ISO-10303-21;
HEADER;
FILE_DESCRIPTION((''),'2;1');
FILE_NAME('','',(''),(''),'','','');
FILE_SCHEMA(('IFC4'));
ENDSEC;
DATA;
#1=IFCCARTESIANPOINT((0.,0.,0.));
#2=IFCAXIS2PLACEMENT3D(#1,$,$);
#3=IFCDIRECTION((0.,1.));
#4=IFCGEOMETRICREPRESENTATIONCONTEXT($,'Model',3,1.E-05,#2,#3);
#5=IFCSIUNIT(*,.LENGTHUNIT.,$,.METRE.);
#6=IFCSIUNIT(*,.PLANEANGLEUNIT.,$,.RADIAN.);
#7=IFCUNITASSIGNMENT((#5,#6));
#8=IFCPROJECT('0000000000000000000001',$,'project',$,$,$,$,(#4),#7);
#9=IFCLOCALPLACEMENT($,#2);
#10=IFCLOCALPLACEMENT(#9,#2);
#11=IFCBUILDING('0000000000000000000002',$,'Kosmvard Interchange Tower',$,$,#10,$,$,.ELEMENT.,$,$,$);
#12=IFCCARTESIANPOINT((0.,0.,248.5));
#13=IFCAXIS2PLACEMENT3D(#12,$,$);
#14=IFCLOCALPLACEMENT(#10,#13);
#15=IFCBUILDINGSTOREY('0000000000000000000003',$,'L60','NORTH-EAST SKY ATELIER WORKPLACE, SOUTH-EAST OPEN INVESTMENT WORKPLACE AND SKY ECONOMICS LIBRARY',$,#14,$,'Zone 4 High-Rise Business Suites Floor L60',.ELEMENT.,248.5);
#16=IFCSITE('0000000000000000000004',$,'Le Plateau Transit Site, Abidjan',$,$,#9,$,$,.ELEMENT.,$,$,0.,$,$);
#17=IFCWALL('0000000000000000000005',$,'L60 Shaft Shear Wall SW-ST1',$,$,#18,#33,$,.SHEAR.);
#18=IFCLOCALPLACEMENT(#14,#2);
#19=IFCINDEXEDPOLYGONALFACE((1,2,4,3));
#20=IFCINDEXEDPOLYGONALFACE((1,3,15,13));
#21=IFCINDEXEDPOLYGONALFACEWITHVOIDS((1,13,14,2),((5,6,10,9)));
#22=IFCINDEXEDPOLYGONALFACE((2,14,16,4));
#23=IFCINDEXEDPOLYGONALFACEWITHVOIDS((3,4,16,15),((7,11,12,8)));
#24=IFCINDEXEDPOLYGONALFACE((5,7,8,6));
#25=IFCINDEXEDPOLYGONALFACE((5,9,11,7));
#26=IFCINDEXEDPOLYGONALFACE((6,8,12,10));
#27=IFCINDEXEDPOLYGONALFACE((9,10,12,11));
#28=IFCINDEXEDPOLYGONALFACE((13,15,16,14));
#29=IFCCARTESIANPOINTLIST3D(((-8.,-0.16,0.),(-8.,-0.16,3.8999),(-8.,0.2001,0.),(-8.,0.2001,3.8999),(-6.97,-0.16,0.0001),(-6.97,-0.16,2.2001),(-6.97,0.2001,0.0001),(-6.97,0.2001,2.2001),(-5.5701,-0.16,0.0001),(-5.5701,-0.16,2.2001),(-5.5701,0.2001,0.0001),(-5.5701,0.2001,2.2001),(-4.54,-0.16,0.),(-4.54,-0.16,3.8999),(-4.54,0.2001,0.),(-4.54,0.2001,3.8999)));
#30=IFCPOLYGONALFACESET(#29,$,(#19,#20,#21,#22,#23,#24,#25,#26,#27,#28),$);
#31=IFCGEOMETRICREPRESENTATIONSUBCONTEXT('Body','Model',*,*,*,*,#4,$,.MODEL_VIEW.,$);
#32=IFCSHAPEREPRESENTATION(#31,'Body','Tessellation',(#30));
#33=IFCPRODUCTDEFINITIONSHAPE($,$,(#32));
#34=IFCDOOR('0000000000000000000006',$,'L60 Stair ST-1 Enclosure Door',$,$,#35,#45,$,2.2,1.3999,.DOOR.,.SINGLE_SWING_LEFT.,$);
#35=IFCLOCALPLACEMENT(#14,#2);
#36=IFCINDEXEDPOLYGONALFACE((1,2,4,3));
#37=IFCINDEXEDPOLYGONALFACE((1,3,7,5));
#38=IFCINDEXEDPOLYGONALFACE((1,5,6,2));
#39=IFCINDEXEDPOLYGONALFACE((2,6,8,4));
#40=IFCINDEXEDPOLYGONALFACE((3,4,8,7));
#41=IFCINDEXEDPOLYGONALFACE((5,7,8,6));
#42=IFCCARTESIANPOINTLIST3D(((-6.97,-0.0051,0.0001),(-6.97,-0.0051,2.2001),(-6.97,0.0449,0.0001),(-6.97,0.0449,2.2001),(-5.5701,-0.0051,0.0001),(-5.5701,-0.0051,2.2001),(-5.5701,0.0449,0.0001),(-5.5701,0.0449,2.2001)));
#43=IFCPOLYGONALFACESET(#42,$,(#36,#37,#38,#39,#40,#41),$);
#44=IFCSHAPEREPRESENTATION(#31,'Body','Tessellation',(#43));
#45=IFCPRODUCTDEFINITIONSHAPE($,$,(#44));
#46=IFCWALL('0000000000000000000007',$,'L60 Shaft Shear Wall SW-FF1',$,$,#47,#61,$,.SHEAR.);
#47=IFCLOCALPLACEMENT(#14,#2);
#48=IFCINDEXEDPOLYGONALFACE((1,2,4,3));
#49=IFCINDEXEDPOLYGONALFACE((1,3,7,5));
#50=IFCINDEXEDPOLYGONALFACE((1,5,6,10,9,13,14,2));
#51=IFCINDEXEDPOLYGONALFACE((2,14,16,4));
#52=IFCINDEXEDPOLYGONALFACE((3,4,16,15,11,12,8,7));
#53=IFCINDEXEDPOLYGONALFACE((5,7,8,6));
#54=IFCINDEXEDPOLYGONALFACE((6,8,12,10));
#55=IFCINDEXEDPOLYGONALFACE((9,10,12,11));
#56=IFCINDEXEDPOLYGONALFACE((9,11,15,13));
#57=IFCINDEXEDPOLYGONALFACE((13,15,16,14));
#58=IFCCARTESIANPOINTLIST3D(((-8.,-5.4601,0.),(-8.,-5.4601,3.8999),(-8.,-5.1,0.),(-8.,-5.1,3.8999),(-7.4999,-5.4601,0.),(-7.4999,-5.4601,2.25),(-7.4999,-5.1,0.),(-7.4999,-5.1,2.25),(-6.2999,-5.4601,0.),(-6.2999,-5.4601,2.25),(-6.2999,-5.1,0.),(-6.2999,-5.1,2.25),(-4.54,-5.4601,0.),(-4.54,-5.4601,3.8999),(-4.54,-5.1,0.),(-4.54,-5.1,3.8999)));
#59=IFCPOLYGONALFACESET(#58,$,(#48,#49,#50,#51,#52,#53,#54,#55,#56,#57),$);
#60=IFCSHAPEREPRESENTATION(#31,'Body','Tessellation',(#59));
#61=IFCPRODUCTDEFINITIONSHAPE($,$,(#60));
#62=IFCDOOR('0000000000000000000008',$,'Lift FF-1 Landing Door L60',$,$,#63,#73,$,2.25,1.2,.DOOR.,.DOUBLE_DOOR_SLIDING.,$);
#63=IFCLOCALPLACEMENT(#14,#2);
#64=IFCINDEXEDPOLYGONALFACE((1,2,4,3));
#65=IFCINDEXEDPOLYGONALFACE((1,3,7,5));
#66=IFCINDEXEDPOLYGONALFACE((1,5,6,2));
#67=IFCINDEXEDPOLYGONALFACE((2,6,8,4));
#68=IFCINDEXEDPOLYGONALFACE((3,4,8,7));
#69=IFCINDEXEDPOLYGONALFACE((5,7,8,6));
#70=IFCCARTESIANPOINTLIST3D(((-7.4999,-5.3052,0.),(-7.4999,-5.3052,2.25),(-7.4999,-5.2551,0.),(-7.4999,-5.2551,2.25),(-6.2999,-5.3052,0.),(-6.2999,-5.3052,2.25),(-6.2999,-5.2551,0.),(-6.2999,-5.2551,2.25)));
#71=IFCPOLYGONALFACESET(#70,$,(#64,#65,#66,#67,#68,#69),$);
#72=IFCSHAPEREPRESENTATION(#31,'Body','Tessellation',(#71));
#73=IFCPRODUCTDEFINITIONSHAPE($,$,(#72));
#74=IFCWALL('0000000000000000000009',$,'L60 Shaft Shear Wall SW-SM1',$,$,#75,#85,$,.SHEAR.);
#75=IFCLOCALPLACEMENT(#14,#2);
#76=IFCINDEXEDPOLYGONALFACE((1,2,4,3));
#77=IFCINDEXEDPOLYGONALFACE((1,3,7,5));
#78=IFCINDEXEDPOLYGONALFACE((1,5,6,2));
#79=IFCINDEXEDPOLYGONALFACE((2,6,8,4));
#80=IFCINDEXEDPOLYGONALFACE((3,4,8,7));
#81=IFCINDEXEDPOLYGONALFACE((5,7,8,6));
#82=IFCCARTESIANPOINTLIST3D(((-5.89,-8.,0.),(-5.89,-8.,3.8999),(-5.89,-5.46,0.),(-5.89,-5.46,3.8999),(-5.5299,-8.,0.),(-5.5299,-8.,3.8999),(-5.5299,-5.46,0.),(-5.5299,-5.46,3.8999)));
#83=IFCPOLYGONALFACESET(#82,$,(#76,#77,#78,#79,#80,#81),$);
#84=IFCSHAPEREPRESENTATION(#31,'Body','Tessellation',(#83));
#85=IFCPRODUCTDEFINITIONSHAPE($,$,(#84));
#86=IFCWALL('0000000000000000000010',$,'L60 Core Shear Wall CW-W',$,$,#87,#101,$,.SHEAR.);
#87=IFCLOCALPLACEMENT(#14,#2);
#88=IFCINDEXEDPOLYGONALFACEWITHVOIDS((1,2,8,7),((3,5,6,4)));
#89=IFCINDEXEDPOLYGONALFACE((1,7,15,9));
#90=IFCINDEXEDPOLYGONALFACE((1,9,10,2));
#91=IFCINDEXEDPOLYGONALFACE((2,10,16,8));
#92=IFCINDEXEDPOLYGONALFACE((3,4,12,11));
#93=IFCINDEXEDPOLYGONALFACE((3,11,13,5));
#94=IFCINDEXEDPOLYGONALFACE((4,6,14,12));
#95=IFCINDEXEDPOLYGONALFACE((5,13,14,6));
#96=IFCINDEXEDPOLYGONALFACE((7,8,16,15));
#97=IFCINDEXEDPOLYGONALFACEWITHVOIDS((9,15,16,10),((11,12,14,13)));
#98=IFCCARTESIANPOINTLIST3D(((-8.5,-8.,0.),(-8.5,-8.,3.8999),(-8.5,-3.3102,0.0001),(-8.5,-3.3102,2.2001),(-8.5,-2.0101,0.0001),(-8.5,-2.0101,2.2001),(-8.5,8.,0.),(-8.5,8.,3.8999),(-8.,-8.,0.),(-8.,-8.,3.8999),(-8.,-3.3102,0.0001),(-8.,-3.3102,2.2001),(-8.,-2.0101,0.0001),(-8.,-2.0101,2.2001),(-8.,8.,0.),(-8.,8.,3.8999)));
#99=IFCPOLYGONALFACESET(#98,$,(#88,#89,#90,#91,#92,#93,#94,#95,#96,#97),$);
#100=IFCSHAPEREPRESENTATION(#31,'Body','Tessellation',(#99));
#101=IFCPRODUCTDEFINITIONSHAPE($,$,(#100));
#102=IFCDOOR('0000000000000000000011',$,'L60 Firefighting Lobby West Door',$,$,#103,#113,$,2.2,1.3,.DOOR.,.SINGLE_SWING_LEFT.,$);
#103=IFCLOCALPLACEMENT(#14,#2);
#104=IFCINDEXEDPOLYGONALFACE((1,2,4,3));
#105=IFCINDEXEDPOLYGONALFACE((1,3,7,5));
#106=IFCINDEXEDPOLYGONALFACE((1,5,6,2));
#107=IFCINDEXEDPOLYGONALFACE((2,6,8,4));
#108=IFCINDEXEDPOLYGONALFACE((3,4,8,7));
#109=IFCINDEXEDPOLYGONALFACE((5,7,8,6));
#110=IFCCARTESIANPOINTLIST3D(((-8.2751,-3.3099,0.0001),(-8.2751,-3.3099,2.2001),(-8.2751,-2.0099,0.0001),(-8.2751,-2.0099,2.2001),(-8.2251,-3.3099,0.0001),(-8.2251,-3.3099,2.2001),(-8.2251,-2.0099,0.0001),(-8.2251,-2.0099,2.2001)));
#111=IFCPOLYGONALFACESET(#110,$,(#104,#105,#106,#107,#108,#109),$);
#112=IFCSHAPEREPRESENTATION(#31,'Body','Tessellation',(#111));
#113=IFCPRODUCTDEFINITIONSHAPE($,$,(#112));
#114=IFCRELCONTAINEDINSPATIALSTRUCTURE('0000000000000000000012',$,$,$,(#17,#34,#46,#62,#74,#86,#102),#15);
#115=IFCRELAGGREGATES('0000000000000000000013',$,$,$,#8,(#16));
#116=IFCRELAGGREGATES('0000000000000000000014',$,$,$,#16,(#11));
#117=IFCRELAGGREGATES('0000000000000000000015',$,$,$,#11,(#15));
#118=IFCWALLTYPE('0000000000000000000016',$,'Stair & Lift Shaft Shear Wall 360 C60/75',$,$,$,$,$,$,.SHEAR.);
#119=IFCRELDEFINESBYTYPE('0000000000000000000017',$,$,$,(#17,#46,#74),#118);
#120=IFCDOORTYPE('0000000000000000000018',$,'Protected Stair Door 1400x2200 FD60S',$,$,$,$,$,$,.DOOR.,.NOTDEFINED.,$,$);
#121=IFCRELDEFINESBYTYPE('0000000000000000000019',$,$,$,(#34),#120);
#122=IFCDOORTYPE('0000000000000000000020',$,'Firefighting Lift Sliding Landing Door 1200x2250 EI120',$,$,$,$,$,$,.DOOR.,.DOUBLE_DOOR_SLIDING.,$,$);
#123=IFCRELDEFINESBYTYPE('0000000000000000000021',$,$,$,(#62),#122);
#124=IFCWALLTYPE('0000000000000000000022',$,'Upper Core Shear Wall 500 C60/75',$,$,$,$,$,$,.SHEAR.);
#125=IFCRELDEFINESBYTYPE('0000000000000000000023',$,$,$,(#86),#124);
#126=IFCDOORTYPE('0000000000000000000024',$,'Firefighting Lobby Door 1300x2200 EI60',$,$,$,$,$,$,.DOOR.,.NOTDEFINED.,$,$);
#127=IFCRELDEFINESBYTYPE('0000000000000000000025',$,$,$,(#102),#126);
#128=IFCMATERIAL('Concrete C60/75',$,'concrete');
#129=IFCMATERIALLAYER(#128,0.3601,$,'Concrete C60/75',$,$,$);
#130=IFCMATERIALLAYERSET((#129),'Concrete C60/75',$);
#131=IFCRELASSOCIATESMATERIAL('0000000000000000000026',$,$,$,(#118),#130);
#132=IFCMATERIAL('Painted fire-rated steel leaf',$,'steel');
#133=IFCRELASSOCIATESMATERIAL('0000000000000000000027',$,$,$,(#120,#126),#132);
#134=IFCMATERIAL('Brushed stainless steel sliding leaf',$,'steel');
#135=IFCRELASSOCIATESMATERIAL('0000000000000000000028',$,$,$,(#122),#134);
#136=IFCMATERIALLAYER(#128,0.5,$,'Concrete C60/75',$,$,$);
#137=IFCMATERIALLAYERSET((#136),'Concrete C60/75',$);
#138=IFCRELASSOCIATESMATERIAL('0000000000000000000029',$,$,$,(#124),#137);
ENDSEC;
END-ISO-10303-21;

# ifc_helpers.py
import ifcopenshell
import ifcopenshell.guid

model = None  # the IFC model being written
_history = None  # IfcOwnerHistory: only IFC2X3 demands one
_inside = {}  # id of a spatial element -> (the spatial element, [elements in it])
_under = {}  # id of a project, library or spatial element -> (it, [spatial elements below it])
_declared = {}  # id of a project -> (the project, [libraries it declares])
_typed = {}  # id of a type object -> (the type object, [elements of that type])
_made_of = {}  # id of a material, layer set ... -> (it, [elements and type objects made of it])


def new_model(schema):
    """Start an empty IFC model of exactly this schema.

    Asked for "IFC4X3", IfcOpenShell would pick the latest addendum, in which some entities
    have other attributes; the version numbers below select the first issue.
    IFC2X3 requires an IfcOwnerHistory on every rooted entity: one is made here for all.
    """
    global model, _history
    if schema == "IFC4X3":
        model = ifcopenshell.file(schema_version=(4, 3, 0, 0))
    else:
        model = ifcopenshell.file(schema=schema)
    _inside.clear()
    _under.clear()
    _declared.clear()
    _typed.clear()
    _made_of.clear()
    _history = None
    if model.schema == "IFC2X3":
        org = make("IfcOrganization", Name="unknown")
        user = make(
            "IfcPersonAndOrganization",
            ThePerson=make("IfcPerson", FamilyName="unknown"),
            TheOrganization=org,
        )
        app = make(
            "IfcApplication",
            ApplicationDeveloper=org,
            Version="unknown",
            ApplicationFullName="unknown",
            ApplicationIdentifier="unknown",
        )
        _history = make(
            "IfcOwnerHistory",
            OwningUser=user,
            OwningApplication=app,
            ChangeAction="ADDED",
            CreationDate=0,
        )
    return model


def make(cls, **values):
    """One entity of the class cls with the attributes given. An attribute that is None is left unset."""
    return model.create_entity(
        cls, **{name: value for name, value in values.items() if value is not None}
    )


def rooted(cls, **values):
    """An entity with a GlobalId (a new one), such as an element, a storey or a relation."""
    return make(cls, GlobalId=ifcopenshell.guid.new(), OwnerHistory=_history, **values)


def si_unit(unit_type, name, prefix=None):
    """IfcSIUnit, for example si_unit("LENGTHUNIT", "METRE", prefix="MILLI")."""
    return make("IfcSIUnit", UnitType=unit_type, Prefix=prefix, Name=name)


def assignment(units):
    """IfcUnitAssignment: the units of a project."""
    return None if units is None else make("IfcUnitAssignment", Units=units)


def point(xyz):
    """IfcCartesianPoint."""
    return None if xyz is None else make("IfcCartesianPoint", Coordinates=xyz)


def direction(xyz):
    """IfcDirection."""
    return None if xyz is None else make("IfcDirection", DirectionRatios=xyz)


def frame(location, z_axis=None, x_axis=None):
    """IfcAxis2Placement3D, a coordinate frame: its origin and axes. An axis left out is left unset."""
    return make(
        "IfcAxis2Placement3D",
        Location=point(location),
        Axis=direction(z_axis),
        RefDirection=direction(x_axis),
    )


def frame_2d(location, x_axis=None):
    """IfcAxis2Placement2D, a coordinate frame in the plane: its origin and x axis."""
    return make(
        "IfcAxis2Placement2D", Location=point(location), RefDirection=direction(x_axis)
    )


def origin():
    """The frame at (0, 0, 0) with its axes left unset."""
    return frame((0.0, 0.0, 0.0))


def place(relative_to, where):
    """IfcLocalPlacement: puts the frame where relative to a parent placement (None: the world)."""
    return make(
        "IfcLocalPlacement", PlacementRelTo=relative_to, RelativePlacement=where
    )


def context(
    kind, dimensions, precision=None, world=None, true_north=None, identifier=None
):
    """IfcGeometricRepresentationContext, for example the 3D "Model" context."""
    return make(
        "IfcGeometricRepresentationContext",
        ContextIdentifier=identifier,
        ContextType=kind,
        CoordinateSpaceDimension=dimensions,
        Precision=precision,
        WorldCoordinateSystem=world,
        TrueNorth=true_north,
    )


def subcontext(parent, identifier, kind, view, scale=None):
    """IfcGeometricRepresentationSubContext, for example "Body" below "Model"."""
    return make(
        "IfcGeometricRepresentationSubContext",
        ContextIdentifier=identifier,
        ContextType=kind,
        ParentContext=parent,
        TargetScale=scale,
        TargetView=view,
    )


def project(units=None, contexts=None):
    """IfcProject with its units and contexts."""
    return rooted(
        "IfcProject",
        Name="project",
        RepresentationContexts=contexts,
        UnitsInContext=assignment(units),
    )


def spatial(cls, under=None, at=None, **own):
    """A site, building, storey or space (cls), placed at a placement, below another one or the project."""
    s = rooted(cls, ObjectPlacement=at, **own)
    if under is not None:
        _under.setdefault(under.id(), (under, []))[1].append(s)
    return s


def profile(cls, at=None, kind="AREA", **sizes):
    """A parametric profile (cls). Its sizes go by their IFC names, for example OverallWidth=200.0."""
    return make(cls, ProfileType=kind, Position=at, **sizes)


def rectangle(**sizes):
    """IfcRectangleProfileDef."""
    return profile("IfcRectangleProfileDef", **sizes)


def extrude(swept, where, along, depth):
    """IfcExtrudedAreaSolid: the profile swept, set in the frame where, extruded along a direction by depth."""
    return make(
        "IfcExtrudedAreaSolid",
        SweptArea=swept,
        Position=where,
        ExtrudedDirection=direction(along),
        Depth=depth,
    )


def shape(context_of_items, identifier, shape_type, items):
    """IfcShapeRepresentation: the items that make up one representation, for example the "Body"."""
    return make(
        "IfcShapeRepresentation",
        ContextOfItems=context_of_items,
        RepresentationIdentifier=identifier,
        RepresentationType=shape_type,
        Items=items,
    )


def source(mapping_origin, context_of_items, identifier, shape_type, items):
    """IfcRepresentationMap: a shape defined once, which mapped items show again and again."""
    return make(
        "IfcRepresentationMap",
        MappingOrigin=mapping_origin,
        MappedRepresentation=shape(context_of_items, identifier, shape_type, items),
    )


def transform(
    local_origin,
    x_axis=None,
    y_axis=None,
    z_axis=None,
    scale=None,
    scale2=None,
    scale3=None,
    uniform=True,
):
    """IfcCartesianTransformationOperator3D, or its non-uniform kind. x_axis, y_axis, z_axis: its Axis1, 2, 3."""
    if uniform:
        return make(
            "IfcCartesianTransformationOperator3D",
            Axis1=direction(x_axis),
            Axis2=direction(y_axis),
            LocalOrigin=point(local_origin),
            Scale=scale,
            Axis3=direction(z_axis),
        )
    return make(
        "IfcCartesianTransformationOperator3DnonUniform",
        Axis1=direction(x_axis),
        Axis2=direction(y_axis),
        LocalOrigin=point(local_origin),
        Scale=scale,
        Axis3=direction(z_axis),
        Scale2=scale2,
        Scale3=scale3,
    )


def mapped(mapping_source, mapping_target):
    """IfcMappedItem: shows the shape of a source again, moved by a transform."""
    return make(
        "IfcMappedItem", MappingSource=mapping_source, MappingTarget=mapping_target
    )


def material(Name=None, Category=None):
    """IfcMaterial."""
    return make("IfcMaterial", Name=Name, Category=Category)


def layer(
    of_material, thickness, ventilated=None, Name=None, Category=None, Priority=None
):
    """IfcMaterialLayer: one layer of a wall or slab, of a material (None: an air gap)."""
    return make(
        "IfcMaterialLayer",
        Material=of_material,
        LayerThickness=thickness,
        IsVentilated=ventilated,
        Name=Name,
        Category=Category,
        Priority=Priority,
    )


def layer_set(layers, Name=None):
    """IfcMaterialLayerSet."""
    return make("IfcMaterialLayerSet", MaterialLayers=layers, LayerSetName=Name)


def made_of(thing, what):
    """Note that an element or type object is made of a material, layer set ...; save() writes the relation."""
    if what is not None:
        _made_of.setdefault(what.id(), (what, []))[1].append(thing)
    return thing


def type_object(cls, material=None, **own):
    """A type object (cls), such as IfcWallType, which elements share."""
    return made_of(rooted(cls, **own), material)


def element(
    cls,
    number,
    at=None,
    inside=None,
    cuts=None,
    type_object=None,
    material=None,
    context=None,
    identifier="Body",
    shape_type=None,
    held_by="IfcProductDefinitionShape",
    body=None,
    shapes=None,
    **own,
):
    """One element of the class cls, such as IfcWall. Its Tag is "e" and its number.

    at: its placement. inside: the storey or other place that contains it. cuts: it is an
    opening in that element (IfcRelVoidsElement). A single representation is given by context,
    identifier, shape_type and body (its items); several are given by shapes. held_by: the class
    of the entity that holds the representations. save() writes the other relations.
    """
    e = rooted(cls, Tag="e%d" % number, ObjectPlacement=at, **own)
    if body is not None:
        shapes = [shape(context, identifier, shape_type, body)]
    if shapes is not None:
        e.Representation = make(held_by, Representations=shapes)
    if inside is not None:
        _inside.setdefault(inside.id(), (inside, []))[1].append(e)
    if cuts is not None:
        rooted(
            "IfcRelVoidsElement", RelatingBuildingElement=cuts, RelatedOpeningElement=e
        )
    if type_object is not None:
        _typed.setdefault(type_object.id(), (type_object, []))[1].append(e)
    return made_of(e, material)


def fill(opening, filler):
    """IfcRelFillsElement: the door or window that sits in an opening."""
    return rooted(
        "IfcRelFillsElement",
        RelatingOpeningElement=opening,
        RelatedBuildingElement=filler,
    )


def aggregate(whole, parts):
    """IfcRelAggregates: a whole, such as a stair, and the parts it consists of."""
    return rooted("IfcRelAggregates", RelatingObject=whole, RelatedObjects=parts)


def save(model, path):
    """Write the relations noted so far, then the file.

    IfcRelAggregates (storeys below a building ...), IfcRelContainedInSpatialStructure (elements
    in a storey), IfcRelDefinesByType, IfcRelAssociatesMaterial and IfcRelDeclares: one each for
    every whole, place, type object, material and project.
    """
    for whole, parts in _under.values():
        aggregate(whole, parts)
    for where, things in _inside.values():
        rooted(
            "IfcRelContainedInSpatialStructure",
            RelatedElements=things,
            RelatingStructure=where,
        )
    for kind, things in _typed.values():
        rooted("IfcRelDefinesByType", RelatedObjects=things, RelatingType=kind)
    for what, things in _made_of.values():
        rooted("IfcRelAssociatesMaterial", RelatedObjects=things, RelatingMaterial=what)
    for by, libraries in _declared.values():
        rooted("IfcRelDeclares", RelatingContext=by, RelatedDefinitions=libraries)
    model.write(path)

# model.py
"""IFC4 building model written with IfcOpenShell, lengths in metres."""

from ifc_helpers import new_model, si_unit, direction, frame, frame_2d, origin, place, context, subcontext, project, spatial, rectangle, extrude, source, transform, mapped, material, layer, layer_set, type_object, element, fill, save


model = new_model("IFC4")

# Units and contexts
model_context = context("Model", 3, precision=1e-05, world=origin(), true_north=direction((0.0, 1.0)))
body_context = subcontext(model_context, "Body", "Model", "MODEL_VIEW")
ifc_project = project(units=[si_unit("LENGTHUNIT", "METRE"), si_unit("PLANEANGLEUNIT", "RADIAN")], contexts=[model_context])

# Site, building, storey
site_placement = place(None, origin())
site = spatial("IfcSite", under=ifc_project, at=site_placement, Name="Le Plateau Transit Site, Abidjan", CompositionType="ELEMENT", RefElevation=0.0)
building_placement = place(site_placement, origin())
building = spatial("IfcBuilding", under=site, at=building_placement, Name="Kosmvard Interchange Tower", CompositionType="ELEMENT")
storey_placement = place(building_placement, frame((0.0, 0.0, 248.5)))
storey = spatial("IfcBuildingStorey", under=building, at=storey_placement, Name="L60", Description="NORTH-EAST SKY ATELIER WORKPLACE, SOUTH-EAST OPEN INVESTMENT WORKPLACE AND SKY ECONOMICS LIBRARY", LongName="Zone 4 High-Rise Business Suites Floor L60", CompositionType="ELEMENT", Elevation=248.5)

# Shared definitions
ifc_material_1 = material(Name="Concrete C60/75", Category="concrete")

# Shared definitions
ifc_material_2 = material(Name="Painted fire-rated steel leaf", Category="steel")
ifc_material_3 = material(Name="Brushed stainless steel sliding leaf", Category="steel")

# Shared definitions
ifc_layer_1 = layer(ifc_material_1, 0.3601, Name="Concrete C60/75")
ifc_layer_set_1 = layer_set([ifc_layer_1], Name="Concrete C60/75")
wall_type_1 = type_object("IfcWallType", Name="Stair & Lift Shaft Shear Wall 360 C60/75", PredefinedType="SHEAR", material=ifc_layer_set_1)

# Walls, openings, doors
wall_1_placement = place(storey_placement, frame((-8.0, 0.02, 0.0), z_axis=(0.0, 0.0, 1.0), x_axis=(1.0, 0.0, 0.0)))
wall_1 = element("IfcWall", 1, at=wall_1_placement, inside=storey, type_object=wall_type_1, Name="L60 Shaft Shear Wall SW-ST1", PredefinedType="SHEAR", context=body_context, shape_type="SweptSolid", body=[
    extrude(rectangle(XDim=3.46, YDim=0.3601, at=frame_2d((1.73, 0.0))), origin(), (0.0, 0.0, 1.0), 3.8999),
])
opening_1_placement = place(wall_1_placement, frame((1.03, 0.0, 0.0)))
opening_1 = element("IfcOpeningElement", 2, at=opening_1_placement, cuts=wall_1, PredefinedType="OPENING", context=body_context, shape_type="SweptSolid", body=[
    extrude(rectangle(XDim=1.3999, YDim=2.2, at=frame_2d((0.7, 1.1001))), frame((0.0, 0.1899, 0.0), z_axis=(0.0, -1.0, 0.0), x_axis=(1.0, 0.0, 0.0)), (0.0, 0.0, 1.0), 0.3801),
])
door_type_1 = type_object("IfcDoorType", Name="Protected Stair Door 1400x2200 FD60S", OperationType="NOTDEFINED", PredefinedType="DOOR", material=ifc_material_2)
shared_shape_1 = source(origin(), body_context, "Body", "SweptSolid", [
    extrude(rectangle(XDim=1.3999, YDim=2.2, at=frame_2d((0.7, 1.1001))), frame((0.0, 0.0249, 0.0), z_axis=(0.0, -1.0, 0.0), x_axis=(1.0, 0.0, 0.0)), (0.0, 0.0, 1.0), 0.05),
])
door_1_placement = place(opening_1_placement, origin())
door_1 = element("IfcDoor", 3, at=door_1_placement, inside=storey, type_object=door_type_1, Name="L60 Stair ST-1 Enclosure Door", OperationType="SINGLE_SWING_LEFT", OverallHeight=2.2, OverallWidth=1.3999, PredefinedType="DOOR", context=body_context, shape_type="MappedRepresentation", body=[
    mapped(shared_shape_1, transform((0.0, 0.0, 0.0), scale=1.0)),
])
fill(opening_1, door_1)
wall_2_placement = place(storey_placement, frame((-8.0, -5.28, 0.0), z_axis=(0.0, 0.0, 1.0), x_axis=(1.0, 0.0, 0.0)))
wall_2 = element("IfcWall", 4, at=wall_2_placement, inside=storey, type_object=wall_type_1, Name="L60 Shaft Shear Wall SW-FF1", PredefinedType="SHEAR", context=body_context, shape_type="SweptSolid", body=[
    extrude(rectangle(XDim=3.46, YDim=0.3601, at=frame_2d((1.73, 0.0))), origin(), (0.0, 0.0, 1.0), 3.8999),
])
opening_2_placement = place(wall_2_placement, frame((0.5, 0.0, 0.0)))
opening_2 = element("IfcOpeningElement", 5, at=opening_2_placement, cuts=wall_2, PredefinedType="OPENING", context=body_context, shape_type="SweptSolid", body=[
    extrude(rectangle(XDim=1.2, YDim=2.25, at=frame_2d((0.6001, 1.125))), frame((0.0, 0.1899, 0.0), z_axis=(0.0, -1.0, 0.0), x_axis=(1.0, 0.0, 0.0)), (0.0, 0.0, 1.0), 0.3801),
])
door_type_2 = type_object("IfcDoorType", Name="Firefighting Lift Sliding Landing Door 1200x2250 EI120", OperationType="DOUBLE_DOOR_SLIDING", PredefinedType="DOOR", material=ifc_material_3)
shared_shape_2 = source(origin(), body_context, "Body", "SweptSolid", [
    extrude(rectangle(XDim=1.2, YDim=2.25, at=frame_2d((0.6001, 1.125))), frame((0.0, 0.0249, 0.0), z_axis=(0.0, -1.0, 0.0), x_axis=(1.0, 0.0, 0.0)), (0.0, 0.0, 1.0), 0.05),
])
door_2_placement = place(opening_2_placement, origin())
door_2 = element("IfcDoor", 6, at=door_2_placement, inside=storey, type_object=door_type_2, Name="Lift FF-1 Landing Door L60", OperationType="DOUBLE_DOOR_SLIDING", OverallHeight=2.25, OverallWidth=1.2, PredefinedType="DOOR", context=body_context, shape_type="MappedRepresentation", body=[
    mapped(shared_shape_2, transform((0.0, 0.0, 0.0), scale=1.0)),
])
fill(opening_2, door_2)

# Wall
wall_3_placement = place(storey_placement, frame((-5.71, -8.0, 0.0), z_axis=(0.0, 0.0, 1.0), x_axis=(0.0, 1.0, 0.0)))
element("IfcWall", 7, at=wall_3_placement, inside=storey, type_object=wall_type_1, Name="L60 Shaft Shear Wall SW-SM1", PredefinedType="SHEAR", context=body_context, shape_type="SweptSolid", body=[
    extrude(rectangle(XDim=2.54, YDim=0.3601, at=frame_2d((1.27, 0.0))), origin(), (0.0, 0.0, 1.0), 3.8999),
])

# Wall, opening, door
ifc_layer_2 = layer(ifc_material_1, 0.5, Name="Concrete C60/75")
ifc_layer_set_2 = layer_set([ifc_layer_2], Name="Concrete C60/75")
wall_type_2 = type_object("IfcWallType", Name="Upper Core Shear Wall 500 C60/75", PredefinedType="SHEAR", material=ifc_layer_set_2)
wall_4_placement = place(storey_placement, frame((-8.25, -8.0, 0.0), z_axis=(0.0, 0.0, 1.0), x_axis=(0.0, 1.0, 0.0)))
wall_4 = element("IfcWall", 8, at=wall_4_placement, inside=storey, type_object=wall_type_2, Name="L60 Core Shear Wall CW-W", PredefinedType="SHEAR", context=body_context, shape_type="SweptSolid", body=[
    extrude(rectangle(XDim=16.0, YDim=0.5, at=frame_2d((8.0, 0.0))), origin(), (0.0, 0.0, 1.0), 3.8999),
])
opening_3_placement = place(wall_4_placement, frame((4.6899, 0.0, 0.0)))
opening_3 = element("IfcOpeningElement", 9, at=opening_3_placement, cuts=wall_4, PredefinedType="OPENING", context=body_context, shape_type="SweptSolid", body=[
    extrude(rectangle(XDim=1.3, YDim=2.2, at=frame_2d((0.6499, 1.1001))), frame((0.0, 0.26, 0.0), z_axis=(0.0, -1.0, 0.0), x_axis=(1.0, 0.0, 0.0)), (0.0, 0.0, 1.0), 0.52),
])
door_type_3 = type_object("IfcDoorType", Name="Firefighting Lobby Door 1300x2200 EI60", OperationType="NOTDEFINED", PredefinedType="DOOR", material=ifc_material_2)
shared_shape_3 = source(origin(), body_context, "Body", "SweptSolid", [
    extrude(rectangle(XDim=1.3, YDim=2.2, at=frame_2d((0.6499, 1.1001))), frame((0.0, 0.0249, 0.0), z_axis=(0.0, -1.0, 0.0), x_axis=(1.0, 0.0, 0.0)), (0.0, 0.0, 1.0), 0.05),
])
door_3_placement = place(opening_3_placement, frame((1.3, 0.0, 0.0), z_axis=(0.0, 0.0, 1.0), x_axis=(-1.0, 0.0, 0.0)))
door_3 = element("IfcDoor", 10, at=door_3_placement, inside=storey, type_object=door_type_3, Name="L60 Firefighting Lobby West Door", OperationType="SINGLE_SWING_LEFT", OverallHeight=2.2, OverallWidth=1.3, PredefinedType="DOOR", context=body_context, shape_type="MappedRepresentation", body=[
    mapped(shared_shape_3, transform((0.0, 0.0, 0.0), scale=1.0)),
])
fill(opening_3, door_3)

save(model, "model.ifc")
